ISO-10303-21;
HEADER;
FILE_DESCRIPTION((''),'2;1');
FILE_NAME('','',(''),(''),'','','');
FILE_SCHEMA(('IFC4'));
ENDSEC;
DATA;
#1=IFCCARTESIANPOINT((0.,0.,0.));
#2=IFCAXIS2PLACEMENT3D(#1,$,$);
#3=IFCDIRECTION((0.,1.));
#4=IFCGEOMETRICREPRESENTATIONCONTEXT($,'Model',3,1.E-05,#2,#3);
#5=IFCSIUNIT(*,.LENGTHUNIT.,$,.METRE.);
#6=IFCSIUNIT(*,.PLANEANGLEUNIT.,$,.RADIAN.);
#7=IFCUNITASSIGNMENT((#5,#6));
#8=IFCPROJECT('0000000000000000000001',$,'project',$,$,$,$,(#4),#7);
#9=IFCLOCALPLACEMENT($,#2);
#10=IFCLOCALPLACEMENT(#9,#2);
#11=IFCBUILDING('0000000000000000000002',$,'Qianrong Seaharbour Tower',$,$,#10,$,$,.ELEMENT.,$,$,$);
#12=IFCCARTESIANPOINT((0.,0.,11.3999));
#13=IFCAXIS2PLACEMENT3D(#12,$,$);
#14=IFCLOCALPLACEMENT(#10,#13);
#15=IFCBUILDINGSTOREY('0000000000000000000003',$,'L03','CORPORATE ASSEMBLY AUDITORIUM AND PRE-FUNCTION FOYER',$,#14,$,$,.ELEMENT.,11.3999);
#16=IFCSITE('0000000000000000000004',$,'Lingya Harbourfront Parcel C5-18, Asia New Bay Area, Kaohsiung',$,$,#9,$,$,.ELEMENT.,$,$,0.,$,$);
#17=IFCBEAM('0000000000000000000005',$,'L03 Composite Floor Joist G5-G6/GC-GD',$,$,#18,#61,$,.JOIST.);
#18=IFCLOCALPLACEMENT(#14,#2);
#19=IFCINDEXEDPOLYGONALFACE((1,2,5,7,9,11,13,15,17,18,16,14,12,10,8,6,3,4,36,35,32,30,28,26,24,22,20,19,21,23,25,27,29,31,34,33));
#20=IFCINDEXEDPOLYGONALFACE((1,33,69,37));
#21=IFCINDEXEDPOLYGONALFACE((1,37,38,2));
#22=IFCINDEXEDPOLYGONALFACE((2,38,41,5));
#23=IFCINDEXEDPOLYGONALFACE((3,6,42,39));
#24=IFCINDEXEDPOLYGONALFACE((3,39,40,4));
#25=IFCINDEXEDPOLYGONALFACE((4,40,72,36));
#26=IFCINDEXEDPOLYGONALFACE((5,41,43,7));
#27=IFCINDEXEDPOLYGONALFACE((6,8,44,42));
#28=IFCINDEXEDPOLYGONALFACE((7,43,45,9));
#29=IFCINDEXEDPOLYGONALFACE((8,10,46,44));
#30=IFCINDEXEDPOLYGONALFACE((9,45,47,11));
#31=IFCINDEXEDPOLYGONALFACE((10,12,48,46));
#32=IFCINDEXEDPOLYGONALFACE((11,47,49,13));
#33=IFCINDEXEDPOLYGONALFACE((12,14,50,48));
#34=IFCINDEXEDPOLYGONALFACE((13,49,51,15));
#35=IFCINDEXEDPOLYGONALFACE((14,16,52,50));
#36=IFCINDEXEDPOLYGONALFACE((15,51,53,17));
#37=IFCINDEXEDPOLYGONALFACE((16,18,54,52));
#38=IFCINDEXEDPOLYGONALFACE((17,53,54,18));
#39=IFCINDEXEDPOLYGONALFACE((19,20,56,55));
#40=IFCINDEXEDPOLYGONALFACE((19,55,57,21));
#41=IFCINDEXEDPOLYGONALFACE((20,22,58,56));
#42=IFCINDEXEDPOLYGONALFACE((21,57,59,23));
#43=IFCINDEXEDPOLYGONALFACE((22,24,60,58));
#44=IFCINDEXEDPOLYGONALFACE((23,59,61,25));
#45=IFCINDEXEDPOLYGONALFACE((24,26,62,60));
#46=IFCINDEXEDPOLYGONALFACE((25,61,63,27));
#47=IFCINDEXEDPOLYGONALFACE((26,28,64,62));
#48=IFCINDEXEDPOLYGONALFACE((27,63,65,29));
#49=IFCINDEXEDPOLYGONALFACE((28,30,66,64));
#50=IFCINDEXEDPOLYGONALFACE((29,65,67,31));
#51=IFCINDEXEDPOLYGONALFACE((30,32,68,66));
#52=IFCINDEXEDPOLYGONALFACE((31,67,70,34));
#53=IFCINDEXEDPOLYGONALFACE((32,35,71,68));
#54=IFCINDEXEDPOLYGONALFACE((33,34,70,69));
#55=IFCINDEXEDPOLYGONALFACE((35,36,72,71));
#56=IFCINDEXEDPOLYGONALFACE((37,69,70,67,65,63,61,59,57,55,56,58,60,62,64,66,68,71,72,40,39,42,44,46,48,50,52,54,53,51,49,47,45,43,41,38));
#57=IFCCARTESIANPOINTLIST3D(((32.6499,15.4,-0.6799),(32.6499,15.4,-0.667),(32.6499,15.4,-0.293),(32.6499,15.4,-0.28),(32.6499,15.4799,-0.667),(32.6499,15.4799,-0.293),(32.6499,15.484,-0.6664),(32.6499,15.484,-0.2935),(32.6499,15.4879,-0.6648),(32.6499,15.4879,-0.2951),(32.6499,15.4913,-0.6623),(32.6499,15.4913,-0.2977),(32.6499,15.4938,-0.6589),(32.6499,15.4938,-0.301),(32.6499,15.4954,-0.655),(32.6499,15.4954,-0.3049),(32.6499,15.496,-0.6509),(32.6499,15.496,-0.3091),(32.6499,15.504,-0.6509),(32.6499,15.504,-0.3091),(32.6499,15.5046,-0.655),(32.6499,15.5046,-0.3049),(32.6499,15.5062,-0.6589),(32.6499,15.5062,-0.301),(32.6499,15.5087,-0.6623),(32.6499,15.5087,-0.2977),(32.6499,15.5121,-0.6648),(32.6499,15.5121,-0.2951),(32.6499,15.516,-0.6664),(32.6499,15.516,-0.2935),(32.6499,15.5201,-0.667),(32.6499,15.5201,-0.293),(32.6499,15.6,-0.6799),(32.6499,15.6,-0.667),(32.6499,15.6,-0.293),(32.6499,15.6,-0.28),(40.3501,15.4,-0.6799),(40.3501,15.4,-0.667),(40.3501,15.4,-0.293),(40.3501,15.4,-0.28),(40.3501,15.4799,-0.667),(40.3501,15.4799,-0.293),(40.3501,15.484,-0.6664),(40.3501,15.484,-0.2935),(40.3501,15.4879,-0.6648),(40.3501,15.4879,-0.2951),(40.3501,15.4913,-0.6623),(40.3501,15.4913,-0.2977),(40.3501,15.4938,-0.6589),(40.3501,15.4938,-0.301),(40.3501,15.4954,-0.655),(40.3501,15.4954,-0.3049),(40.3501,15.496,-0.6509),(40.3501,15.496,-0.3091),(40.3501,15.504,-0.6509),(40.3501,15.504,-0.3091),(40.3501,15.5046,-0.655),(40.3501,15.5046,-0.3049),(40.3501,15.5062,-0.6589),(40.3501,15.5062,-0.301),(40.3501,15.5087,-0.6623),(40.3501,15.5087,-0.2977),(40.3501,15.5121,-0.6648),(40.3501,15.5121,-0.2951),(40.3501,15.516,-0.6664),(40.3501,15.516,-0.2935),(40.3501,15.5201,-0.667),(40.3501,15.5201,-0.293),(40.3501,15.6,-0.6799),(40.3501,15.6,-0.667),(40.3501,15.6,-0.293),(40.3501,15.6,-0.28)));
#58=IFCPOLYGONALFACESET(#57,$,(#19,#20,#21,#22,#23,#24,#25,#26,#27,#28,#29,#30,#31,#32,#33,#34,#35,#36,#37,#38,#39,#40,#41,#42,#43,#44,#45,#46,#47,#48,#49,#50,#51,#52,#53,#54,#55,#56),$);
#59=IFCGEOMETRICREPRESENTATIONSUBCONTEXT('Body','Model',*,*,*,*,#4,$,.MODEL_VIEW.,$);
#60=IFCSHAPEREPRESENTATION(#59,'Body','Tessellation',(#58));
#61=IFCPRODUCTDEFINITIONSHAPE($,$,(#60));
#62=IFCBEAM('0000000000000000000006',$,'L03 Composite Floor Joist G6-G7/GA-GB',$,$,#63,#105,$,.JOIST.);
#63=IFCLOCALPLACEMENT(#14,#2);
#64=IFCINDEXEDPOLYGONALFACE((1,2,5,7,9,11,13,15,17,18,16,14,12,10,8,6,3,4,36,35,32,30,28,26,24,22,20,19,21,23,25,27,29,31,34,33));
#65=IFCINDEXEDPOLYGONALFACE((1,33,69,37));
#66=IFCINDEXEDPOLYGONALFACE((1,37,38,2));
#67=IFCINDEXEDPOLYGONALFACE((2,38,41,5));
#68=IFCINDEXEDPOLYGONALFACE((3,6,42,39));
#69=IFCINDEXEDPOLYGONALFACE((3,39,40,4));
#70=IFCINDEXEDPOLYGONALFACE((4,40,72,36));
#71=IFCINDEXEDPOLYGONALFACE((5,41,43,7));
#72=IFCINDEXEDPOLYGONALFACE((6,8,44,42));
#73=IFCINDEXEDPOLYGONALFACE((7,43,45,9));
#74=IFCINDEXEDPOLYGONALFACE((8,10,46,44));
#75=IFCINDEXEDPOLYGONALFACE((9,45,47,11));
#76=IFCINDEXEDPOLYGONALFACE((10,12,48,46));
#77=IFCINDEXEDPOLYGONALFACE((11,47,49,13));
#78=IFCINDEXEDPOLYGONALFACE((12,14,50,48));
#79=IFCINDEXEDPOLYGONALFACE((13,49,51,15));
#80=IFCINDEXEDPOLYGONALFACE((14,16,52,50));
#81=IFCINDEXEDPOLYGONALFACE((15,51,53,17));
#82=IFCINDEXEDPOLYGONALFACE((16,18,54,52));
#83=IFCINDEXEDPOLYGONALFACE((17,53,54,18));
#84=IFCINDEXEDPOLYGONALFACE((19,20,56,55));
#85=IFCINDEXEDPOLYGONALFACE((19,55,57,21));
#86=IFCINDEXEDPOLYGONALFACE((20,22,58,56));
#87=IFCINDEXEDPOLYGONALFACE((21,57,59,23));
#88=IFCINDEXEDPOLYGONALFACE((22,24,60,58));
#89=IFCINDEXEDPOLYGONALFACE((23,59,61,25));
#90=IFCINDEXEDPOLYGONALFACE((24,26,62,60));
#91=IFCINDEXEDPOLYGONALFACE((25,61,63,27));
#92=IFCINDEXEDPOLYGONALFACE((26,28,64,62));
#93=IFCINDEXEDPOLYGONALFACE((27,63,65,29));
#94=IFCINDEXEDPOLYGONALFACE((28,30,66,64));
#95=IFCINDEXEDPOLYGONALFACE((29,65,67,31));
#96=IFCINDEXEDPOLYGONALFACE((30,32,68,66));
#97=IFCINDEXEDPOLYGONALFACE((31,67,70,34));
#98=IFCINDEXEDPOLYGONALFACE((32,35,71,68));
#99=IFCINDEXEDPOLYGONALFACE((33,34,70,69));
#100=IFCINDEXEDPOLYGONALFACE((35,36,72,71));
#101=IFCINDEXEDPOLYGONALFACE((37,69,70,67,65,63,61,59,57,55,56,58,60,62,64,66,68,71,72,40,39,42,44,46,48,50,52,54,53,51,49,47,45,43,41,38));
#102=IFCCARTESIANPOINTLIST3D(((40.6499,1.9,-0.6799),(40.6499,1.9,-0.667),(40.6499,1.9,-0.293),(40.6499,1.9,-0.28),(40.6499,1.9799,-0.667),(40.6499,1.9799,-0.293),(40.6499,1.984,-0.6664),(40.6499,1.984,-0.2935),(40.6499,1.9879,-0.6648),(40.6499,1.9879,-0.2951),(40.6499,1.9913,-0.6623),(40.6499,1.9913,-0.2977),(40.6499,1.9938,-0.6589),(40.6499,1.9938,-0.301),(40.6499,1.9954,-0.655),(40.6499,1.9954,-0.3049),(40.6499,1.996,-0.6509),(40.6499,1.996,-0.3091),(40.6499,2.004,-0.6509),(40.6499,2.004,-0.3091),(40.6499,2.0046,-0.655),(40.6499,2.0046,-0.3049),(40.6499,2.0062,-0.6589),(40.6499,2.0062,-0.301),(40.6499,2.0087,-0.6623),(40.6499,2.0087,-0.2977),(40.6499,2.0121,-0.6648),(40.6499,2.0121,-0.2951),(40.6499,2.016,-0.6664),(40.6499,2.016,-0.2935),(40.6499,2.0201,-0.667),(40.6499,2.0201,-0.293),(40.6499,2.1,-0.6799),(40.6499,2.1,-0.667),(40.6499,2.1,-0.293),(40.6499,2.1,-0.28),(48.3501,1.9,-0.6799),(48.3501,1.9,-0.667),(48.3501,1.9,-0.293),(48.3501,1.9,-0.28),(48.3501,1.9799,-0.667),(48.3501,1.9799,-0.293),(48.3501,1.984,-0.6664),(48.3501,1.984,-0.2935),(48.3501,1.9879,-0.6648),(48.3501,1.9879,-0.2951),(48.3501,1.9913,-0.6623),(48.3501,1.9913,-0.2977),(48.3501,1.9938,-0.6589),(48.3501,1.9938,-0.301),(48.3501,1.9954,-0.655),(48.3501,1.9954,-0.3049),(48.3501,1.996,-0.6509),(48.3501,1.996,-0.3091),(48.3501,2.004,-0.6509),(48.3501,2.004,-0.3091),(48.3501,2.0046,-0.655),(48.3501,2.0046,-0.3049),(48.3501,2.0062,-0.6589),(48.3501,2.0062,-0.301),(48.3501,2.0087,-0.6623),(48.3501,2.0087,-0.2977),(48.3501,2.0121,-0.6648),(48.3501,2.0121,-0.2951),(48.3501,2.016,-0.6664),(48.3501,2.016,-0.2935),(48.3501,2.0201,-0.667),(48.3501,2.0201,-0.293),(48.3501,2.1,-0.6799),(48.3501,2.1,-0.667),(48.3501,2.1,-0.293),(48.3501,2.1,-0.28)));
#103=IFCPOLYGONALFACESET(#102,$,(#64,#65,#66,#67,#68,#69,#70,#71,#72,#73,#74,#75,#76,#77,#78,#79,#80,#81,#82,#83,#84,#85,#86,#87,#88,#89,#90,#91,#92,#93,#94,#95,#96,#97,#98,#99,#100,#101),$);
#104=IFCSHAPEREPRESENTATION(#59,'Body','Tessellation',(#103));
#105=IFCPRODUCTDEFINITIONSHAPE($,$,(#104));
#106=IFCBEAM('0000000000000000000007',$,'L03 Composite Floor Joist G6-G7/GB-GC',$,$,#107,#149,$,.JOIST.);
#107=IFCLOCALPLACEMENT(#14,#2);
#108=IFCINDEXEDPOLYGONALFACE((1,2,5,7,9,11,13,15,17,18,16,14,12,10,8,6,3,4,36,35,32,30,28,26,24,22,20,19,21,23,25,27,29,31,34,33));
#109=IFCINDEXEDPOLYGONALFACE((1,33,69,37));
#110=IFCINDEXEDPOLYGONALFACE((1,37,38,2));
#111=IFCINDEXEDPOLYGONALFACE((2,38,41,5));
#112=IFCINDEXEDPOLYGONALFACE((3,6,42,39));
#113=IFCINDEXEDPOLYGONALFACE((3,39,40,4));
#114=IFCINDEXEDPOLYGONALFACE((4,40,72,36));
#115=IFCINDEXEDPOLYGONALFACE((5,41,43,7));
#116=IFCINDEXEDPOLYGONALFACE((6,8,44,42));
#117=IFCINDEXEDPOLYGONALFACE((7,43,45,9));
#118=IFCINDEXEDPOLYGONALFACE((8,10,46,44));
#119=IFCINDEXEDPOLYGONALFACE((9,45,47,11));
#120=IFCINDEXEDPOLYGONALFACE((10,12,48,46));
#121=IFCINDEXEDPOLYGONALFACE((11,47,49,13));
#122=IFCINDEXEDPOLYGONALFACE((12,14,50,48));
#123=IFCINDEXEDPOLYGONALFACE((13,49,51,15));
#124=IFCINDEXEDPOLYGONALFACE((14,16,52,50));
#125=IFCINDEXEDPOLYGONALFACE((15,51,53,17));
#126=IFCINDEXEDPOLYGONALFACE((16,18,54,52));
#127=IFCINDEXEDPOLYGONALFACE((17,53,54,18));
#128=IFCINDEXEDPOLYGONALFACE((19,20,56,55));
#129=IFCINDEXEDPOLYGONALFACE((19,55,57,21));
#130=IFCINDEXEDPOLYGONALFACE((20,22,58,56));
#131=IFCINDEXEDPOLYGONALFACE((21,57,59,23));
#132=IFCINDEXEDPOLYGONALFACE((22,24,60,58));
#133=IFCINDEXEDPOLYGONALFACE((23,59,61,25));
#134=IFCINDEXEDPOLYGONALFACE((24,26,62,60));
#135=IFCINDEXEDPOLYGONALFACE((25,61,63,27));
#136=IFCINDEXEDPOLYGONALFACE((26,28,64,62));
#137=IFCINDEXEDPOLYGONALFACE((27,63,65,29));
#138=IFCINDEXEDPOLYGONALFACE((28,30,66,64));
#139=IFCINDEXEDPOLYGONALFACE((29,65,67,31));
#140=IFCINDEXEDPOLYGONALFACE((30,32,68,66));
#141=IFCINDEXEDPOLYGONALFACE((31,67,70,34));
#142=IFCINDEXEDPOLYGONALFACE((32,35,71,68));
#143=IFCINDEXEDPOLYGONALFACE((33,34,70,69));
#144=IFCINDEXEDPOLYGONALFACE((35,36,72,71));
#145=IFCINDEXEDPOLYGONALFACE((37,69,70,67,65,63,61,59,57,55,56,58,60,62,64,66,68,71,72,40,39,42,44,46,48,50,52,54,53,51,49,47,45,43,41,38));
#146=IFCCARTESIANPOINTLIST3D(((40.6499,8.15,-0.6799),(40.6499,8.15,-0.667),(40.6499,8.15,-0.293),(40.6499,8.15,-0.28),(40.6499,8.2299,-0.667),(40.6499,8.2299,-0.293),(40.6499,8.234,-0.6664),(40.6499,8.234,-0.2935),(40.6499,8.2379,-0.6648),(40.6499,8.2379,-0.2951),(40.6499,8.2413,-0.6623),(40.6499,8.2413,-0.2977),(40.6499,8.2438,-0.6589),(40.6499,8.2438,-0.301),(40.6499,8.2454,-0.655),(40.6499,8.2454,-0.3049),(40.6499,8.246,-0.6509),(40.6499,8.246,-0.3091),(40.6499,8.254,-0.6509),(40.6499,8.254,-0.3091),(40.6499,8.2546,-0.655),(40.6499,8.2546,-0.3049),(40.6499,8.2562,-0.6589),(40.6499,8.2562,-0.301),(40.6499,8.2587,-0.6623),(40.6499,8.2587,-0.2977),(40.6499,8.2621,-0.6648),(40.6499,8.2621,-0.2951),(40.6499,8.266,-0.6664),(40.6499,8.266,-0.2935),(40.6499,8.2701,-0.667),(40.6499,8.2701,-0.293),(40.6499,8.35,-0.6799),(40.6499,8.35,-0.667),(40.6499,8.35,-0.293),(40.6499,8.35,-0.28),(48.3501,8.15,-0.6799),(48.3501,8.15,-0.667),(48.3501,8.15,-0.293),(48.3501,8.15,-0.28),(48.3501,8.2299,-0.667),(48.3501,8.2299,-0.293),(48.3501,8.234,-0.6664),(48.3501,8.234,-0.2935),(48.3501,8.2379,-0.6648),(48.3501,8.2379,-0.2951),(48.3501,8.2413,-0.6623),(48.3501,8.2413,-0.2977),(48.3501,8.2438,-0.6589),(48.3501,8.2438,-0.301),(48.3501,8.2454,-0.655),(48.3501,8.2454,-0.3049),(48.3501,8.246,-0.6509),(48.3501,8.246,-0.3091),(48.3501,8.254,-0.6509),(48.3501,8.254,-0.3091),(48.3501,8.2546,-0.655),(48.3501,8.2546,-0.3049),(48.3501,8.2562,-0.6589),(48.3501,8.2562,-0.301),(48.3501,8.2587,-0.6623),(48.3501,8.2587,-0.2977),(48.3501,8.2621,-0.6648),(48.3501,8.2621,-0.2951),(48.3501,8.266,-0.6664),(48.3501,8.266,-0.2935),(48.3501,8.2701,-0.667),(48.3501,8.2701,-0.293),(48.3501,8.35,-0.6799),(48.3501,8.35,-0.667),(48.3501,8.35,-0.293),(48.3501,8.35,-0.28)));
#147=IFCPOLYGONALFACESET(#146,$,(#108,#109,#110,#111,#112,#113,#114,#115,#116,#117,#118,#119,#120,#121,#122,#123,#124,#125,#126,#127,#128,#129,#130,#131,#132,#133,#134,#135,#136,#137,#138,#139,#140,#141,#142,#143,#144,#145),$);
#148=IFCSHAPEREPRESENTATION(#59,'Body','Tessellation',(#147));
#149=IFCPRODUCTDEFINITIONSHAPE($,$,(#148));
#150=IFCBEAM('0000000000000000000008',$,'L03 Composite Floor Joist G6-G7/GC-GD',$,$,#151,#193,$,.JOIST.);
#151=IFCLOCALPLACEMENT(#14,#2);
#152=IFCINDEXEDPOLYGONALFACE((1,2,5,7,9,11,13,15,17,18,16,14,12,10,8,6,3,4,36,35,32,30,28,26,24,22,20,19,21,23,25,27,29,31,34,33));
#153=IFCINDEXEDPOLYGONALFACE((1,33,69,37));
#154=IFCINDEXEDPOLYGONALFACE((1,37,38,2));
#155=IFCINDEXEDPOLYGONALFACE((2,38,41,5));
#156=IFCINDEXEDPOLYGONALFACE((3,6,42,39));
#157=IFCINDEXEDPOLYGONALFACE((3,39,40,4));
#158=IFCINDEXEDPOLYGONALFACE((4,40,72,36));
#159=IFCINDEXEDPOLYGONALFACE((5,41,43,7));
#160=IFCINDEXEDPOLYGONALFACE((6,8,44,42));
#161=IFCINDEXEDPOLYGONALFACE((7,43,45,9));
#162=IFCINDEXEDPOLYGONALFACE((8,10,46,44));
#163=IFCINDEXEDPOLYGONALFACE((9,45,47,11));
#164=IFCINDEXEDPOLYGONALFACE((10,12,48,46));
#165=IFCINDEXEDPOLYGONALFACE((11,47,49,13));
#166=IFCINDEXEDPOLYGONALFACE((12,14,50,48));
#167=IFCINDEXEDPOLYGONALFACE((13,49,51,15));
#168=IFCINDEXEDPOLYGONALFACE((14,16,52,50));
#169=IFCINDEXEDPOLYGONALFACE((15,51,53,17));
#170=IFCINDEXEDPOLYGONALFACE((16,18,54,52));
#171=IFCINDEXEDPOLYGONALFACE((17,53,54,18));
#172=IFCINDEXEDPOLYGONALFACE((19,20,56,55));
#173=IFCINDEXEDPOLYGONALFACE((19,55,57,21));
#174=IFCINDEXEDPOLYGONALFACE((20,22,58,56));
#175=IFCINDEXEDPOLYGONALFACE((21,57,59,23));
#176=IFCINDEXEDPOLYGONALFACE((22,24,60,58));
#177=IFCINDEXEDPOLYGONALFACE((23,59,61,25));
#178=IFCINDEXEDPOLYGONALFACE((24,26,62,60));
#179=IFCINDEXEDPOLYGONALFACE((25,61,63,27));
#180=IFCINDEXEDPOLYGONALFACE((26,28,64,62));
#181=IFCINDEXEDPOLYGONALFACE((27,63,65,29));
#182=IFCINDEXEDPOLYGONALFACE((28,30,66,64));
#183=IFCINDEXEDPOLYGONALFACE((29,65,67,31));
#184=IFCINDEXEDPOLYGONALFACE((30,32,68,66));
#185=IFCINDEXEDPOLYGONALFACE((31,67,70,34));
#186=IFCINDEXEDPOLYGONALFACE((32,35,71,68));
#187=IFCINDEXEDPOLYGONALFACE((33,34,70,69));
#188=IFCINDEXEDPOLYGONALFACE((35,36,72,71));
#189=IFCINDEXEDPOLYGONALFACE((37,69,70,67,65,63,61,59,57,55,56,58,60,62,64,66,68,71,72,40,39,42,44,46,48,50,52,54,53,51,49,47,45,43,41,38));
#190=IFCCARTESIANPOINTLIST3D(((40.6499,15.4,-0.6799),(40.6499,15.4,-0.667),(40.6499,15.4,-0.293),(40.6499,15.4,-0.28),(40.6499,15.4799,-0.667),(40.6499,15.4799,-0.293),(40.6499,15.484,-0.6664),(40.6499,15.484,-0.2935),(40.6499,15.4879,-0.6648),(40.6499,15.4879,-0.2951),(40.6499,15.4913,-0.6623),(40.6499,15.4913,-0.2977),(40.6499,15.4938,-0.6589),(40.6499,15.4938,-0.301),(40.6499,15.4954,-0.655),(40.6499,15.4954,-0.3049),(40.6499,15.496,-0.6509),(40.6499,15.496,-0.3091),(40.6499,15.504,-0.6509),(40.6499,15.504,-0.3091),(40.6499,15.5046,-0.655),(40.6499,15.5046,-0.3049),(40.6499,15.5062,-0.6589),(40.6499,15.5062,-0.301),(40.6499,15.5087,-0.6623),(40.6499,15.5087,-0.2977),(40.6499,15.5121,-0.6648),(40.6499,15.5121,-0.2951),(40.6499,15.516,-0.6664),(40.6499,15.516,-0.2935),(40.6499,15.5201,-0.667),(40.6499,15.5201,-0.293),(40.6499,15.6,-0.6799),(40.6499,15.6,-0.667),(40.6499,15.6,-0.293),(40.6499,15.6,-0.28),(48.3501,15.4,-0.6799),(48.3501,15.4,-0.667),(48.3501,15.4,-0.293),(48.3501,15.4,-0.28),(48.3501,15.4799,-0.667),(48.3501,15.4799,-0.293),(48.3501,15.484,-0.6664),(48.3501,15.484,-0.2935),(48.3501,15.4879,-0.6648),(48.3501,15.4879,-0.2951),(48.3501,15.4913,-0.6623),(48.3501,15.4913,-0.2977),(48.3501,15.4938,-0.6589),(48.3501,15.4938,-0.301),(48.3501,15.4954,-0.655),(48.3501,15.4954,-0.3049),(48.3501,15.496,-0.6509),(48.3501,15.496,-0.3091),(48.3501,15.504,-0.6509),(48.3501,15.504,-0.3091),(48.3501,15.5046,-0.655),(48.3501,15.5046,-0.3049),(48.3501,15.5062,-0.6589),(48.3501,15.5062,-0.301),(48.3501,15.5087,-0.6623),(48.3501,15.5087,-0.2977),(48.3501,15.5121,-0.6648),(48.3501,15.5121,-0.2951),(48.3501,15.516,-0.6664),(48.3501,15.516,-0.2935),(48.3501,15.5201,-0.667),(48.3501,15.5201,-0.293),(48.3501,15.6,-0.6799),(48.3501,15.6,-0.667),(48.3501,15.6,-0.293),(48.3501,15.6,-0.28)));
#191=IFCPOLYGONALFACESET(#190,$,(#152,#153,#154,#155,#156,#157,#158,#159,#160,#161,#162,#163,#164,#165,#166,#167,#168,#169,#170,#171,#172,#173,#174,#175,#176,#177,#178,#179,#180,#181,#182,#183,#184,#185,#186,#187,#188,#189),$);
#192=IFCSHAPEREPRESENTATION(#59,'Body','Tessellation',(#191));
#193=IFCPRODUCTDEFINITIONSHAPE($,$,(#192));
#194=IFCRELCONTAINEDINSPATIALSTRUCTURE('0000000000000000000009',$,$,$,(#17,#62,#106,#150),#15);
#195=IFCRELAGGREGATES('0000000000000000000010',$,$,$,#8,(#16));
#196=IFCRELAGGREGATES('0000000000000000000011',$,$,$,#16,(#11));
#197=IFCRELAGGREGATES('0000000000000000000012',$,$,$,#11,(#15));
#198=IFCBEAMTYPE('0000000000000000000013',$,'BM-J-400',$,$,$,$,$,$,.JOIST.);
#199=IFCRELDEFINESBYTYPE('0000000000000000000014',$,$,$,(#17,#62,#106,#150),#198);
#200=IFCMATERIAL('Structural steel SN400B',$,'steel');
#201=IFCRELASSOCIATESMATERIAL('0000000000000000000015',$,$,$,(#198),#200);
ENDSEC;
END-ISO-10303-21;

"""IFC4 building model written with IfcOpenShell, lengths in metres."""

from ifc_helpers import new_model, si_unit, direction, frame, origin, origin_2d, place, context, subcontext, project, spatial, i_section, extrude, material, material_profile, profile_set, type_object, element, save


model = new_model("IFC4")

# Units and contexts
model_context = context("Model", 3, precision=1e-05, world=origin(), true_north=direction((0.0, 1.0)))
body_context = subcontext(model_context, "Body", "Model", "MODEL_VIEW")
ifc_project = project(units=[si_unit("LENGTHUNIT", "METRE"), si_unit("PLANEANGLEUNIT", "RADIAN")], contexts=[model_context])

# Site, building, storey
site_placement = place(None, origin())
site = spatial("IfcSite", under=ifc_project, at=site_placement, Name="Lingya Harbourfront Parcel C5-18, Asia New Bay Area, Kaohsiung", CompositionType="ELEMENT", RefElevation=0.0)
building_placement = place(site_placement, origin())
building = spatial("IfcBuilding", under=site, at=building_placement, Name="Qianrong Seaharbour Tower", CompositionType="ELEMENT")
storey_placement = place(building_placement, frame((0.0, 0.0, 11.3999)))
storey = spatial("IfcBuildingStorey", under=building, at=storey_placement, Name="L03", Description="CORPORATE ASSEMBLY AUDITORIUM AND PRE-FUNCTION FOYER", CompositionType="ELEMENT", Elevation=11.3999)

# Beams
ifc_material_1 = material(Name="Structural steel SN400B", Category="steel")
ifc_material_profile_1 = material_profile(ifc_material_1, i_section(OverallWidth=0.2, OverallDepth=0.3999, WebThickness=0.0081, FlangeThickness=0.0129, FilletRadius=0.0161, at=origin_2d()), Name="H400x200x8x13")
ifc_profile_set_1 = profile_set([ifc_material_profile_1], Name="Structural steel SN400B")
beam_type_1 = type_object("IfcBeamType", Name="BM-J-400", PredefinedType="JOIST", material=ifc_profile_set_1)
for number, where, z_axis, x_axis, name in (
    (1, (32.6499, 15.5, -0.48), (1.0, 0.0, 0.0), (0.0, 1.0, 0.0), "L03 Composite Floor Joist G5-G6/GC-GD"),
    (2, (40.6499, 2.0, -0.48), (1.0, 0.0, 0.0), (0.0, 1.0, 0.0), "L03 Composite Floor Joist G6-G7/GA-GB"),
    (3, (40.6499, 8.25, -0.48), (1.0, 0.0, 0.0), (0.0, 1.0, 0.0), "L03 Composite Floor Joist G6-G7/GB-GC"),
    (4, (40.6499, 15.5, -0.48), (1.0, 0.0, 0.0), (0.0, 1.0, 0.0), "L03 Composite Floor Joist G6-G7/GC-GD"),
):
    element("IfcBeam", number, at=place(storey_placement, frame(where, z_axis=z_axis, x_axis=x_axis)), inside=storey, type_object=beam_type_1, Name=name, PredefinedType="JOIST", context=body_context, shape_type="SweptSolid", body=[
        extrude(i_section(OverallWidth=0.2, OverallDepth=0.3999, WebThickness=0.0081, FlangeThickness=0.0129, FilletRadius=0.0161, at=origin_2d()), origin(), (0.0, 0.0, 1.0), 7.7002),
    ])

save(model, "model.ifc")
